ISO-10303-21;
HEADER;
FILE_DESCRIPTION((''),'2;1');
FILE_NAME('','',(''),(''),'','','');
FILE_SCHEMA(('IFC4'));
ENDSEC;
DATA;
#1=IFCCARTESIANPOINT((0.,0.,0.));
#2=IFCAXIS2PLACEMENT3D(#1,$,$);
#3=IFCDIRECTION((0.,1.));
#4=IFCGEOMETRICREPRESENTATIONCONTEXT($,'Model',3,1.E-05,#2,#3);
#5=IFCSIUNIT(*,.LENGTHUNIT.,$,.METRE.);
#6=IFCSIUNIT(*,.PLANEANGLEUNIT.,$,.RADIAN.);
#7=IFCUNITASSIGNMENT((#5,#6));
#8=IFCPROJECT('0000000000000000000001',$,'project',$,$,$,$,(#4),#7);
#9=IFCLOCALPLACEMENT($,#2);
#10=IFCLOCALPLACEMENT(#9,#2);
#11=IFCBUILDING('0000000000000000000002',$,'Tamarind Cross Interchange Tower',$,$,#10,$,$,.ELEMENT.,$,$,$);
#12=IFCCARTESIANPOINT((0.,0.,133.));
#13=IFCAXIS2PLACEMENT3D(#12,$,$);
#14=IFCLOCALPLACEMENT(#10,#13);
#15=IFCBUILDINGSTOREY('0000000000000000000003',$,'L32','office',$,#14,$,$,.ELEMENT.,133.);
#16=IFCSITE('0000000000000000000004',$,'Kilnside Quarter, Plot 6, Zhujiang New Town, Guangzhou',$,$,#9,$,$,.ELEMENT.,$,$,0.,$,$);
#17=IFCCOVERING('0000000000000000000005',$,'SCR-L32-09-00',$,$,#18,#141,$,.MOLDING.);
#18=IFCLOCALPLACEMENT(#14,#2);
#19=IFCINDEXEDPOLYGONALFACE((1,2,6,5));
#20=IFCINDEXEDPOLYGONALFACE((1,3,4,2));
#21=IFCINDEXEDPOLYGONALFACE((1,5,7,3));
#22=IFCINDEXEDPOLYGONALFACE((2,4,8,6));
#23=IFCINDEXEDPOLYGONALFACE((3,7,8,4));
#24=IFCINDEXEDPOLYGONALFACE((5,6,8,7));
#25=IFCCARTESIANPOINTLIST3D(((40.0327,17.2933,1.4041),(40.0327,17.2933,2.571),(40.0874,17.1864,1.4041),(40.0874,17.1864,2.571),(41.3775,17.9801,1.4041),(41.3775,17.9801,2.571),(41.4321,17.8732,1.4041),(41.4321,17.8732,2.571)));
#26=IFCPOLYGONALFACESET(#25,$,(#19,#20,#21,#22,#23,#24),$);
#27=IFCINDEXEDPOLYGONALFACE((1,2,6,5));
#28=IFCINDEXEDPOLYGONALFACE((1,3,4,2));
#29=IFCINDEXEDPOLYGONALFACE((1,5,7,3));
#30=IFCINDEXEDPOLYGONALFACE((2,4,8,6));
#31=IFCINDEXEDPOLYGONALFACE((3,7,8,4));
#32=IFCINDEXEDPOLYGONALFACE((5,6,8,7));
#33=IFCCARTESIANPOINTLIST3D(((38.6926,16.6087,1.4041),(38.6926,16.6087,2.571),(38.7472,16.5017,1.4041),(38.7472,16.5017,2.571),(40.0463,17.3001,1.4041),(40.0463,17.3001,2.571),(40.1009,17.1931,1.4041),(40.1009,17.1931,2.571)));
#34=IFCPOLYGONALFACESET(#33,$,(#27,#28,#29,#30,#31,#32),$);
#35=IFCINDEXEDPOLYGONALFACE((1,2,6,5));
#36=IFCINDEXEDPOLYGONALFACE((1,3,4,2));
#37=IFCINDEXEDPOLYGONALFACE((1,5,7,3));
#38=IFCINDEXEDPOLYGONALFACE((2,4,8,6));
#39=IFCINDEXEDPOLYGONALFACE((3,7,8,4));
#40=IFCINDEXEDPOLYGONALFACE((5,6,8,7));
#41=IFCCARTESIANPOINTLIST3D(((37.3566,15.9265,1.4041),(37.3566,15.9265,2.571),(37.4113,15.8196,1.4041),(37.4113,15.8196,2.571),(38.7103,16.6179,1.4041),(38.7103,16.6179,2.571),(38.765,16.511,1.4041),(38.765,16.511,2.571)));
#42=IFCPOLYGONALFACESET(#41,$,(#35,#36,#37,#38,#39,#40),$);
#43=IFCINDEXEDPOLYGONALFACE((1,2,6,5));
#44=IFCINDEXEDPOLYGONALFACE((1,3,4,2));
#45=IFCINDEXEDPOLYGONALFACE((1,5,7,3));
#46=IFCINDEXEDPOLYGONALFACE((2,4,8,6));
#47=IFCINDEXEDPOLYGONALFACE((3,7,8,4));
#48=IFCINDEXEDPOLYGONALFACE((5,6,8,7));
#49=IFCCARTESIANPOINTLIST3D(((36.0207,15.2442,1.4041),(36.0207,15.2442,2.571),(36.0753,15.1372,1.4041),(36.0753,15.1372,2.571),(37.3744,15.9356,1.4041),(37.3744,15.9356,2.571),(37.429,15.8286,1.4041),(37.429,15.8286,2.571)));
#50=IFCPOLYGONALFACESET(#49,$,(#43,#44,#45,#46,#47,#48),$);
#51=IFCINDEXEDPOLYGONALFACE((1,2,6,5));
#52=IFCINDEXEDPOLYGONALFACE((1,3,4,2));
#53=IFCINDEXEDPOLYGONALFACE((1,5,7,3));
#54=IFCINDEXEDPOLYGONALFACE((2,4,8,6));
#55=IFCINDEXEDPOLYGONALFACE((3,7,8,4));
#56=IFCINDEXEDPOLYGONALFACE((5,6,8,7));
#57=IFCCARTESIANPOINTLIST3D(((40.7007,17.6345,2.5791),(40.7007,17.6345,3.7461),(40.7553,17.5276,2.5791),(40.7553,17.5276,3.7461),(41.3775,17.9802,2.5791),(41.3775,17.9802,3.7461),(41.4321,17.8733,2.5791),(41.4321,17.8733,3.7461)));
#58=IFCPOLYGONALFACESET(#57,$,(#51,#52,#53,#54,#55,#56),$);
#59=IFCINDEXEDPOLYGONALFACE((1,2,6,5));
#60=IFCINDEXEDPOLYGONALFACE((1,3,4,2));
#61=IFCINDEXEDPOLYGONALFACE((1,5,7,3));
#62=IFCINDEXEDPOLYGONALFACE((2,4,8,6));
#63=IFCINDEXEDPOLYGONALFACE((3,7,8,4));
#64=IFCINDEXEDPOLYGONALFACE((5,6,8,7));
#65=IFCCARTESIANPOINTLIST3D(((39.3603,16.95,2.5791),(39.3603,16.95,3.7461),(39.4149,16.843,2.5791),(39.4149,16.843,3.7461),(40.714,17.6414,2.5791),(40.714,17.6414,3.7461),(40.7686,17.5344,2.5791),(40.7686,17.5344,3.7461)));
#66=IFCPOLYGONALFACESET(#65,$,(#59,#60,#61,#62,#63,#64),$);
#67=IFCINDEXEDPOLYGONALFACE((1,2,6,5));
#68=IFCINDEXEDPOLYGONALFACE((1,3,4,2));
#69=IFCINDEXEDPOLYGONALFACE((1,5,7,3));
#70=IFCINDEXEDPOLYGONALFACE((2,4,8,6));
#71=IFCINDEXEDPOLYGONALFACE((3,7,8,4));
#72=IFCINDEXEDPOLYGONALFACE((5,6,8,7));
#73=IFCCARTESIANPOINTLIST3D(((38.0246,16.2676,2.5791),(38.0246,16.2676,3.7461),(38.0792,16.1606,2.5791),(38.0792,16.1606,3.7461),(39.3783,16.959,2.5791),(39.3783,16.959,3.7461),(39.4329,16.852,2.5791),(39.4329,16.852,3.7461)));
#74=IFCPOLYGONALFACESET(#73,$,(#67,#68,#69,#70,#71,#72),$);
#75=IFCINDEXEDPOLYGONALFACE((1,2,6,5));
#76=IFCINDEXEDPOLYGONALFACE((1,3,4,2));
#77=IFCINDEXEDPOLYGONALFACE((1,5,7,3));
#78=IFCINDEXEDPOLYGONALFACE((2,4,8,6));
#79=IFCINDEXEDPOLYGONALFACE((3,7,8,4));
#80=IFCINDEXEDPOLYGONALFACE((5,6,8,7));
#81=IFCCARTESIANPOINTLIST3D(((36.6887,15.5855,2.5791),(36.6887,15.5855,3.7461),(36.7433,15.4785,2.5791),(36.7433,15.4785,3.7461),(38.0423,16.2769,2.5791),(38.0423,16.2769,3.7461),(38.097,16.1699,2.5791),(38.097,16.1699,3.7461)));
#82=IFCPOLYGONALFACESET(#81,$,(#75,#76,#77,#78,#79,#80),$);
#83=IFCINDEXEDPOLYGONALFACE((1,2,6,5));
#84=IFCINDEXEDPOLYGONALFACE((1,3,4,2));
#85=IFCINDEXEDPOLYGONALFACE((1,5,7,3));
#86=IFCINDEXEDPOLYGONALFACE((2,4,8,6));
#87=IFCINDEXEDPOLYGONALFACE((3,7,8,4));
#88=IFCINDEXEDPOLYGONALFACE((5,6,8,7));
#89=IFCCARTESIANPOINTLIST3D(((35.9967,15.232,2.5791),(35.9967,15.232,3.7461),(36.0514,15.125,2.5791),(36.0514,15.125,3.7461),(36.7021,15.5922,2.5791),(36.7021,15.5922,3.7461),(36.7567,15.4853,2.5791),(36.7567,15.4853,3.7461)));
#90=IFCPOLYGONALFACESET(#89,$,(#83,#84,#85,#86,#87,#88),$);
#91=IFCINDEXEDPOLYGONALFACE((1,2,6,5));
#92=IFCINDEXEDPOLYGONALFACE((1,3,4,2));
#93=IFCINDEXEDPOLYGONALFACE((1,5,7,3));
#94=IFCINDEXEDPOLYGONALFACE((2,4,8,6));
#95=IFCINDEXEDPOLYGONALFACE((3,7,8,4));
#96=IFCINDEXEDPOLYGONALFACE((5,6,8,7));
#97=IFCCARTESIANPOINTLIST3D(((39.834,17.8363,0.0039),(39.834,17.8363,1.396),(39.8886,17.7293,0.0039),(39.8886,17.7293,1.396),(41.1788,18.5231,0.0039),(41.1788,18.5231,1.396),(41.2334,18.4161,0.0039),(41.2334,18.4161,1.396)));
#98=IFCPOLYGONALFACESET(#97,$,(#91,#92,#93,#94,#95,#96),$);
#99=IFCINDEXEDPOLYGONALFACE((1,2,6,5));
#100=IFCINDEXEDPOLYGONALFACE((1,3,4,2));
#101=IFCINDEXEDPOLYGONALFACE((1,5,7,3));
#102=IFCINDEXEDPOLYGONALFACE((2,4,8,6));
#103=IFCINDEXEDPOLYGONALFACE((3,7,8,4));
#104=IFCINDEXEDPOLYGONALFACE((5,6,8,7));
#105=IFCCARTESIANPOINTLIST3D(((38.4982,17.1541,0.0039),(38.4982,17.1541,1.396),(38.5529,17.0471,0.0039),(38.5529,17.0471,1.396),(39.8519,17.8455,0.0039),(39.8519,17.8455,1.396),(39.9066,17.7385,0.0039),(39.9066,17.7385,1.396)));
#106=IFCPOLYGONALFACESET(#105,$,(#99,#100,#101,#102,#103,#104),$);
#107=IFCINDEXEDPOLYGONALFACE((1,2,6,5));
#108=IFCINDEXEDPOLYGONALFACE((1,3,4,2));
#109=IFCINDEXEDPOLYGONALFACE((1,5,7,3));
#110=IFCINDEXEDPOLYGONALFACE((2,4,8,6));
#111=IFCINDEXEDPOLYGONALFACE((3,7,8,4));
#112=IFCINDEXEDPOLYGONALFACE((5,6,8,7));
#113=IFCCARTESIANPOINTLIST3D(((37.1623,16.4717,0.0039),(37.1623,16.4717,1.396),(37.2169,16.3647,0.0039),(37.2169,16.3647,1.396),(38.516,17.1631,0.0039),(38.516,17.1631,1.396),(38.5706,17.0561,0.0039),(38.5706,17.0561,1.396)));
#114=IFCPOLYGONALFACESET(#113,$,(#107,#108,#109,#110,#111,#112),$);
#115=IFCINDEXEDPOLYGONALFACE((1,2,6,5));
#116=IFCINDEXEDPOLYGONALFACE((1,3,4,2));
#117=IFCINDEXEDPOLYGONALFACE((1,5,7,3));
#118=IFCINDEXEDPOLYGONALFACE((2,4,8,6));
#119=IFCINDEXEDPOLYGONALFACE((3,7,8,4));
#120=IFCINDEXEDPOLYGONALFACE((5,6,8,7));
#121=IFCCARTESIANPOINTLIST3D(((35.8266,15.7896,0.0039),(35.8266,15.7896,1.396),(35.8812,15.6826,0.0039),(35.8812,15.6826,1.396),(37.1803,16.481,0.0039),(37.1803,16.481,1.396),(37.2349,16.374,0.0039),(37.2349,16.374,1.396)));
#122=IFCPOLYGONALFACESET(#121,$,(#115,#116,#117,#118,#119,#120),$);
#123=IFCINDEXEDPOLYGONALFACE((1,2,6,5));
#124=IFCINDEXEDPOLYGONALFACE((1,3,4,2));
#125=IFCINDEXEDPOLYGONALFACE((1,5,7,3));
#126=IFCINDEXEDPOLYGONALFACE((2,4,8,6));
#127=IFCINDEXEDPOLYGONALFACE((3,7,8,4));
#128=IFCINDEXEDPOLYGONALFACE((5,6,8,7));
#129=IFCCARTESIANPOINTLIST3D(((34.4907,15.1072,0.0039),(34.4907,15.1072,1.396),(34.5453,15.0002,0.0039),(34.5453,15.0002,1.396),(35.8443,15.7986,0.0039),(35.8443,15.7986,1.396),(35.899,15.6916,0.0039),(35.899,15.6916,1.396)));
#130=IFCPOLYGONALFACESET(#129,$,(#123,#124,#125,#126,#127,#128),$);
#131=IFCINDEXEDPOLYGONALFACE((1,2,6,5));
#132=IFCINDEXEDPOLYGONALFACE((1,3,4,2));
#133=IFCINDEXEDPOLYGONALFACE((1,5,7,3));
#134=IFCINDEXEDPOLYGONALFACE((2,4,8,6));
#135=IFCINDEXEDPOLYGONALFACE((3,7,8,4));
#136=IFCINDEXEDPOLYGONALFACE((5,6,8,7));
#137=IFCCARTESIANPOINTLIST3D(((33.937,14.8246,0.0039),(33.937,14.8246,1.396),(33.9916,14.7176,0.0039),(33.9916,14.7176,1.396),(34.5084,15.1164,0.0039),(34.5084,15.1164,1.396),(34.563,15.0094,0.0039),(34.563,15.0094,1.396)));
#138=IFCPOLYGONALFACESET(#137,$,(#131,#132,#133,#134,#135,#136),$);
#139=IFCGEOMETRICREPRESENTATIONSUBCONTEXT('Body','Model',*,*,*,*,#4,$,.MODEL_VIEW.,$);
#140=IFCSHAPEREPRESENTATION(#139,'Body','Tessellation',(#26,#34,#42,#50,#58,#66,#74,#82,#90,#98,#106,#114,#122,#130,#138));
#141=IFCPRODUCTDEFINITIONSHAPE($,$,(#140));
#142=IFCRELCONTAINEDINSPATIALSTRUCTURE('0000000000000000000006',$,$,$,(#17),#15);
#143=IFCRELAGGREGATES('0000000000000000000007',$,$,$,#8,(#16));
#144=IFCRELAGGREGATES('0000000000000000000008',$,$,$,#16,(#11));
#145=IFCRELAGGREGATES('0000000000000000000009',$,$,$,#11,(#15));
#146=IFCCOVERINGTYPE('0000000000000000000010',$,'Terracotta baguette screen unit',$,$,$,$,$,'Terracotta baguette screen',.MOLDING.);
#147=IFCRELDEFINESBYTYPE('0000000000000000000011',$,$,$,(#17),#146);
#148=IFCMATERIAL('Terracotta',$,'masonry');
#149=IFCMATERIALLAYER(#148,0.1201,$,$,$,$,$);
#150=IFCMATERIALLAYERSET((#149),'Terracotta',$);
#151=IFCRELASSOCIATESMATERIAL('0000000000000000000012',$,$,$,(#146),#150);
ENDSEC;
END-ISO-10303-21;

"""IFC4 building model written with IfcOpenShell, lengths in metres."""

from ifc_helpers import new_model, si_unit, direction, frame, origin, origin_2d, place, context, subcontext, project, spatial, rectangle, extrude, material, layer, layer_set, type_object, element, save


model = new_model("IFC4")

# Units and contexts
model_context = context("Model", 3, precision=1e-05, world=origin(), true_north=direction((0.0, 1.0)))
body_context = subcontext(model_context, "Body", "Model", "MODEL_VIEW")
ifc_project = project(units=[si_unit("LENGTHUNIT", "METRE"), si_unit("PLANEANGLEUNIT", "RADIAN")], contexts=[model_context])

# Site, building, storey
site_placement = place(None, origin())
site = spatial("IfcSite", under=ifc_project, at=site_placement, Name="Kilnside Quarter, Plot 6, Zhujiang New Town, Guangzhou", CompositionType="ELEMENT", RefElevation=0.0)
building_placement = place(site_placement, origin())
building = spatial("IfcBuilding", under=site, at=building_placement, Name="Tamarind Cross Interchange Tower", CompositionType="ELEMENT")
storey_placement = place(building_placement, frame((0.0, 0.0, 133.0)))
storey = spatial("IfcBuildingStorey", under=building, at=storey_placement, Name="L32", Description="office", CompositionType="ELEMENT", Elevation=133.0)

# Covering
ifc_material_1 = material(Name="Terracotta", Category="masonry")
ifc_layer_1 = layer(ifc_material_1, 0.1201)
ifc_layer_set_1 = layer_set([ifc_layer_1], Name="Terracotta")
covering_type = type_object("IfcCoveringType", Name="Terracotta baguette screen unit", ElementType="Terracotta baguette screen", PredefinedType="MOLDING", material=ifc_layer_set_1)
covering_1_placement = place(storey_placement, origin())
element("IfcCovering", 1, at=covering_1_placement, inside=storey, type_object=covering_type, Name="SCR-L32-09-00", PredefinedType="MOLDING", context=body_context, shape_type="SweptSolid", body=[
    extrude(rectangle(XDim=1.51, YDim=0.1201, at=origin_2d()), frame((40.7324, 17.5833, 1.4041), z_axis=(0.0, 0.0, 1.0), x_axis=(-0.89057, -0.454847, 0.0)), (0.0, 0.0, 1.0), 1.167),
    extrude(rectangle(XDim=1.52, YDim=0.1201, at=origin_2d()), frame((39.3967, 16.9009, 1.4041), z_axis=(0.0, 0.0, 1.0), x_axis=(-0.89057, -0.454847, 0.0)), (0.0, 0.0, 1.0), 1.167),
    extrude(rectangle(XDim=1.52, YDim=0.1201, at=origin_2d()), frame((38.0608, 16.2188, 1.4041), z_axis=(0.0, 0.0, 1.0), x_axis=(-0.89057, -0.454847, 0.0)), (0.0, 0.0, 1.0), 1.167),
    extrude(rectangle(XDim=1.52, YDim=0.1201, at=origin_2d()), frame((36.7249, 15.5364, 1.4041), z_axis=(0.0, 0.0, 1.0), x_axis=(-0.89057, -0.454847, 0.0)), (0.0, 0.0, 1.0), 1.167),
    extrude(rectangle(XDim=0.76, YDim=0.1201, at=origin_2d()), frame((41.0664, 17.7539, 2.5791), z_axis=(0.0, 0.0, 1.0), x_axis=(-0.89057, -0.454847, 0.0)), (0.0, 0.0, 1.0), 1.167),
    extrude(rectangle(XDim=1.52, YDim=0.1201, at=origin_2d()), frame((40.0645, 17.2422, 2.5791), z_axis=(0.0, 0.0, 1.0), x_axis=(-0.89057, -0.454847, 0.0)), (0.0, 0.0, 1.0), 1.167),
    extrude(rectangle(XDim=1.52, YDim=0.1201, at=origin_2d()), frame((38.7288, 16.5598, 2.5791), z_axis=(0.0, 0.0, 1.0), x_axis=(-0.89057, -0.454847, 0.0)), (0.0, 0.0, 1.0), 1.167),
    extrude(rectangle(XDim=1.52, YDim=0.1201, at=origin_2d()), frame((37.3928, 15.8777, 2.5791), z_axis=(0.0, 0.0, 1.0), x_axis=(-0.89057, -0.454847, 0.0)), (0.0, 0.0, 1.0), 1.167),
    extrude(rectangle(XDim=0.792, YDim=0.1201, at=origin_2d()), frame((36.3767, 15.3586, 2.5791), z_axis=(0.0, 0.0, 1.0), x_axis=(-0.89057, -0.454847, 0.0)), (0.0, 0.0, 1.0), 1.167),
    extrude(rectangle(XDim=1.51, YDim=0.1201, at=origin_2d()), frame((40.5337, 18.1262, 0.0039), z_axis=(0.0, 0.0, 1.0), x_axis=(-0.89057, -0.454847, 0.0)), (0.0, 0.0, 1.0), 1.3921),
    extrude(rectangle(XDim=1.52, YDim=0.1201, at=origin_2d()), frame((39.2024, 17.4463, 0.0039), z_axis=(0.0, 0.0, 1.0), x_axis=(-0.89057, -0.454847, 0.0)), (0.0, 0.0, 1.0), 1.3921),
    extrude(rectangle(XDim=1.52, YDim=0.1201, at=origin_2d()), frame((37.8665, 16.7639, 0.0039), z_axis=(0.0, 0.0, 1.0), x_axis=(-0.89057, -0.454847, 0.0)), (0.0, 0.0, 1.0), 1.3921),
    extrude(rectangle(XDim=1.52, YDim=0.1201, at=origin_2d()), frame((36.5308, 16.0818, 0.0039), z_axis=(0.0, 0.0, 1.0), x_axis=(-0.89057, -0.454847, 0.0)), (0.0, 0.0, 1.0), 1.3921),
    extrude(rectangle(XDim=1.52, YDim=0.1201, at=origin_2d()), frame((35.1948, 15.3994, 0.0039), z_axis=(0.0, 0.0, 1.0), x_axis=(-0.89057, -0.454847, 0.0)), (0.0, 0.0, 1.0), 1.3921),
    extrude(rectangle(XDim=0.6416, YDim=0.1201, at=origin_2d()), frame((34.25, 14.917, 0.0039), z_axis=(0.0, 0.0, 1.0), x_axis=(-0.89057, -0.454847, 0.0)), (0.0, 0.0, 1.0), 1.3921),
])

save(model, "model.ifc")
